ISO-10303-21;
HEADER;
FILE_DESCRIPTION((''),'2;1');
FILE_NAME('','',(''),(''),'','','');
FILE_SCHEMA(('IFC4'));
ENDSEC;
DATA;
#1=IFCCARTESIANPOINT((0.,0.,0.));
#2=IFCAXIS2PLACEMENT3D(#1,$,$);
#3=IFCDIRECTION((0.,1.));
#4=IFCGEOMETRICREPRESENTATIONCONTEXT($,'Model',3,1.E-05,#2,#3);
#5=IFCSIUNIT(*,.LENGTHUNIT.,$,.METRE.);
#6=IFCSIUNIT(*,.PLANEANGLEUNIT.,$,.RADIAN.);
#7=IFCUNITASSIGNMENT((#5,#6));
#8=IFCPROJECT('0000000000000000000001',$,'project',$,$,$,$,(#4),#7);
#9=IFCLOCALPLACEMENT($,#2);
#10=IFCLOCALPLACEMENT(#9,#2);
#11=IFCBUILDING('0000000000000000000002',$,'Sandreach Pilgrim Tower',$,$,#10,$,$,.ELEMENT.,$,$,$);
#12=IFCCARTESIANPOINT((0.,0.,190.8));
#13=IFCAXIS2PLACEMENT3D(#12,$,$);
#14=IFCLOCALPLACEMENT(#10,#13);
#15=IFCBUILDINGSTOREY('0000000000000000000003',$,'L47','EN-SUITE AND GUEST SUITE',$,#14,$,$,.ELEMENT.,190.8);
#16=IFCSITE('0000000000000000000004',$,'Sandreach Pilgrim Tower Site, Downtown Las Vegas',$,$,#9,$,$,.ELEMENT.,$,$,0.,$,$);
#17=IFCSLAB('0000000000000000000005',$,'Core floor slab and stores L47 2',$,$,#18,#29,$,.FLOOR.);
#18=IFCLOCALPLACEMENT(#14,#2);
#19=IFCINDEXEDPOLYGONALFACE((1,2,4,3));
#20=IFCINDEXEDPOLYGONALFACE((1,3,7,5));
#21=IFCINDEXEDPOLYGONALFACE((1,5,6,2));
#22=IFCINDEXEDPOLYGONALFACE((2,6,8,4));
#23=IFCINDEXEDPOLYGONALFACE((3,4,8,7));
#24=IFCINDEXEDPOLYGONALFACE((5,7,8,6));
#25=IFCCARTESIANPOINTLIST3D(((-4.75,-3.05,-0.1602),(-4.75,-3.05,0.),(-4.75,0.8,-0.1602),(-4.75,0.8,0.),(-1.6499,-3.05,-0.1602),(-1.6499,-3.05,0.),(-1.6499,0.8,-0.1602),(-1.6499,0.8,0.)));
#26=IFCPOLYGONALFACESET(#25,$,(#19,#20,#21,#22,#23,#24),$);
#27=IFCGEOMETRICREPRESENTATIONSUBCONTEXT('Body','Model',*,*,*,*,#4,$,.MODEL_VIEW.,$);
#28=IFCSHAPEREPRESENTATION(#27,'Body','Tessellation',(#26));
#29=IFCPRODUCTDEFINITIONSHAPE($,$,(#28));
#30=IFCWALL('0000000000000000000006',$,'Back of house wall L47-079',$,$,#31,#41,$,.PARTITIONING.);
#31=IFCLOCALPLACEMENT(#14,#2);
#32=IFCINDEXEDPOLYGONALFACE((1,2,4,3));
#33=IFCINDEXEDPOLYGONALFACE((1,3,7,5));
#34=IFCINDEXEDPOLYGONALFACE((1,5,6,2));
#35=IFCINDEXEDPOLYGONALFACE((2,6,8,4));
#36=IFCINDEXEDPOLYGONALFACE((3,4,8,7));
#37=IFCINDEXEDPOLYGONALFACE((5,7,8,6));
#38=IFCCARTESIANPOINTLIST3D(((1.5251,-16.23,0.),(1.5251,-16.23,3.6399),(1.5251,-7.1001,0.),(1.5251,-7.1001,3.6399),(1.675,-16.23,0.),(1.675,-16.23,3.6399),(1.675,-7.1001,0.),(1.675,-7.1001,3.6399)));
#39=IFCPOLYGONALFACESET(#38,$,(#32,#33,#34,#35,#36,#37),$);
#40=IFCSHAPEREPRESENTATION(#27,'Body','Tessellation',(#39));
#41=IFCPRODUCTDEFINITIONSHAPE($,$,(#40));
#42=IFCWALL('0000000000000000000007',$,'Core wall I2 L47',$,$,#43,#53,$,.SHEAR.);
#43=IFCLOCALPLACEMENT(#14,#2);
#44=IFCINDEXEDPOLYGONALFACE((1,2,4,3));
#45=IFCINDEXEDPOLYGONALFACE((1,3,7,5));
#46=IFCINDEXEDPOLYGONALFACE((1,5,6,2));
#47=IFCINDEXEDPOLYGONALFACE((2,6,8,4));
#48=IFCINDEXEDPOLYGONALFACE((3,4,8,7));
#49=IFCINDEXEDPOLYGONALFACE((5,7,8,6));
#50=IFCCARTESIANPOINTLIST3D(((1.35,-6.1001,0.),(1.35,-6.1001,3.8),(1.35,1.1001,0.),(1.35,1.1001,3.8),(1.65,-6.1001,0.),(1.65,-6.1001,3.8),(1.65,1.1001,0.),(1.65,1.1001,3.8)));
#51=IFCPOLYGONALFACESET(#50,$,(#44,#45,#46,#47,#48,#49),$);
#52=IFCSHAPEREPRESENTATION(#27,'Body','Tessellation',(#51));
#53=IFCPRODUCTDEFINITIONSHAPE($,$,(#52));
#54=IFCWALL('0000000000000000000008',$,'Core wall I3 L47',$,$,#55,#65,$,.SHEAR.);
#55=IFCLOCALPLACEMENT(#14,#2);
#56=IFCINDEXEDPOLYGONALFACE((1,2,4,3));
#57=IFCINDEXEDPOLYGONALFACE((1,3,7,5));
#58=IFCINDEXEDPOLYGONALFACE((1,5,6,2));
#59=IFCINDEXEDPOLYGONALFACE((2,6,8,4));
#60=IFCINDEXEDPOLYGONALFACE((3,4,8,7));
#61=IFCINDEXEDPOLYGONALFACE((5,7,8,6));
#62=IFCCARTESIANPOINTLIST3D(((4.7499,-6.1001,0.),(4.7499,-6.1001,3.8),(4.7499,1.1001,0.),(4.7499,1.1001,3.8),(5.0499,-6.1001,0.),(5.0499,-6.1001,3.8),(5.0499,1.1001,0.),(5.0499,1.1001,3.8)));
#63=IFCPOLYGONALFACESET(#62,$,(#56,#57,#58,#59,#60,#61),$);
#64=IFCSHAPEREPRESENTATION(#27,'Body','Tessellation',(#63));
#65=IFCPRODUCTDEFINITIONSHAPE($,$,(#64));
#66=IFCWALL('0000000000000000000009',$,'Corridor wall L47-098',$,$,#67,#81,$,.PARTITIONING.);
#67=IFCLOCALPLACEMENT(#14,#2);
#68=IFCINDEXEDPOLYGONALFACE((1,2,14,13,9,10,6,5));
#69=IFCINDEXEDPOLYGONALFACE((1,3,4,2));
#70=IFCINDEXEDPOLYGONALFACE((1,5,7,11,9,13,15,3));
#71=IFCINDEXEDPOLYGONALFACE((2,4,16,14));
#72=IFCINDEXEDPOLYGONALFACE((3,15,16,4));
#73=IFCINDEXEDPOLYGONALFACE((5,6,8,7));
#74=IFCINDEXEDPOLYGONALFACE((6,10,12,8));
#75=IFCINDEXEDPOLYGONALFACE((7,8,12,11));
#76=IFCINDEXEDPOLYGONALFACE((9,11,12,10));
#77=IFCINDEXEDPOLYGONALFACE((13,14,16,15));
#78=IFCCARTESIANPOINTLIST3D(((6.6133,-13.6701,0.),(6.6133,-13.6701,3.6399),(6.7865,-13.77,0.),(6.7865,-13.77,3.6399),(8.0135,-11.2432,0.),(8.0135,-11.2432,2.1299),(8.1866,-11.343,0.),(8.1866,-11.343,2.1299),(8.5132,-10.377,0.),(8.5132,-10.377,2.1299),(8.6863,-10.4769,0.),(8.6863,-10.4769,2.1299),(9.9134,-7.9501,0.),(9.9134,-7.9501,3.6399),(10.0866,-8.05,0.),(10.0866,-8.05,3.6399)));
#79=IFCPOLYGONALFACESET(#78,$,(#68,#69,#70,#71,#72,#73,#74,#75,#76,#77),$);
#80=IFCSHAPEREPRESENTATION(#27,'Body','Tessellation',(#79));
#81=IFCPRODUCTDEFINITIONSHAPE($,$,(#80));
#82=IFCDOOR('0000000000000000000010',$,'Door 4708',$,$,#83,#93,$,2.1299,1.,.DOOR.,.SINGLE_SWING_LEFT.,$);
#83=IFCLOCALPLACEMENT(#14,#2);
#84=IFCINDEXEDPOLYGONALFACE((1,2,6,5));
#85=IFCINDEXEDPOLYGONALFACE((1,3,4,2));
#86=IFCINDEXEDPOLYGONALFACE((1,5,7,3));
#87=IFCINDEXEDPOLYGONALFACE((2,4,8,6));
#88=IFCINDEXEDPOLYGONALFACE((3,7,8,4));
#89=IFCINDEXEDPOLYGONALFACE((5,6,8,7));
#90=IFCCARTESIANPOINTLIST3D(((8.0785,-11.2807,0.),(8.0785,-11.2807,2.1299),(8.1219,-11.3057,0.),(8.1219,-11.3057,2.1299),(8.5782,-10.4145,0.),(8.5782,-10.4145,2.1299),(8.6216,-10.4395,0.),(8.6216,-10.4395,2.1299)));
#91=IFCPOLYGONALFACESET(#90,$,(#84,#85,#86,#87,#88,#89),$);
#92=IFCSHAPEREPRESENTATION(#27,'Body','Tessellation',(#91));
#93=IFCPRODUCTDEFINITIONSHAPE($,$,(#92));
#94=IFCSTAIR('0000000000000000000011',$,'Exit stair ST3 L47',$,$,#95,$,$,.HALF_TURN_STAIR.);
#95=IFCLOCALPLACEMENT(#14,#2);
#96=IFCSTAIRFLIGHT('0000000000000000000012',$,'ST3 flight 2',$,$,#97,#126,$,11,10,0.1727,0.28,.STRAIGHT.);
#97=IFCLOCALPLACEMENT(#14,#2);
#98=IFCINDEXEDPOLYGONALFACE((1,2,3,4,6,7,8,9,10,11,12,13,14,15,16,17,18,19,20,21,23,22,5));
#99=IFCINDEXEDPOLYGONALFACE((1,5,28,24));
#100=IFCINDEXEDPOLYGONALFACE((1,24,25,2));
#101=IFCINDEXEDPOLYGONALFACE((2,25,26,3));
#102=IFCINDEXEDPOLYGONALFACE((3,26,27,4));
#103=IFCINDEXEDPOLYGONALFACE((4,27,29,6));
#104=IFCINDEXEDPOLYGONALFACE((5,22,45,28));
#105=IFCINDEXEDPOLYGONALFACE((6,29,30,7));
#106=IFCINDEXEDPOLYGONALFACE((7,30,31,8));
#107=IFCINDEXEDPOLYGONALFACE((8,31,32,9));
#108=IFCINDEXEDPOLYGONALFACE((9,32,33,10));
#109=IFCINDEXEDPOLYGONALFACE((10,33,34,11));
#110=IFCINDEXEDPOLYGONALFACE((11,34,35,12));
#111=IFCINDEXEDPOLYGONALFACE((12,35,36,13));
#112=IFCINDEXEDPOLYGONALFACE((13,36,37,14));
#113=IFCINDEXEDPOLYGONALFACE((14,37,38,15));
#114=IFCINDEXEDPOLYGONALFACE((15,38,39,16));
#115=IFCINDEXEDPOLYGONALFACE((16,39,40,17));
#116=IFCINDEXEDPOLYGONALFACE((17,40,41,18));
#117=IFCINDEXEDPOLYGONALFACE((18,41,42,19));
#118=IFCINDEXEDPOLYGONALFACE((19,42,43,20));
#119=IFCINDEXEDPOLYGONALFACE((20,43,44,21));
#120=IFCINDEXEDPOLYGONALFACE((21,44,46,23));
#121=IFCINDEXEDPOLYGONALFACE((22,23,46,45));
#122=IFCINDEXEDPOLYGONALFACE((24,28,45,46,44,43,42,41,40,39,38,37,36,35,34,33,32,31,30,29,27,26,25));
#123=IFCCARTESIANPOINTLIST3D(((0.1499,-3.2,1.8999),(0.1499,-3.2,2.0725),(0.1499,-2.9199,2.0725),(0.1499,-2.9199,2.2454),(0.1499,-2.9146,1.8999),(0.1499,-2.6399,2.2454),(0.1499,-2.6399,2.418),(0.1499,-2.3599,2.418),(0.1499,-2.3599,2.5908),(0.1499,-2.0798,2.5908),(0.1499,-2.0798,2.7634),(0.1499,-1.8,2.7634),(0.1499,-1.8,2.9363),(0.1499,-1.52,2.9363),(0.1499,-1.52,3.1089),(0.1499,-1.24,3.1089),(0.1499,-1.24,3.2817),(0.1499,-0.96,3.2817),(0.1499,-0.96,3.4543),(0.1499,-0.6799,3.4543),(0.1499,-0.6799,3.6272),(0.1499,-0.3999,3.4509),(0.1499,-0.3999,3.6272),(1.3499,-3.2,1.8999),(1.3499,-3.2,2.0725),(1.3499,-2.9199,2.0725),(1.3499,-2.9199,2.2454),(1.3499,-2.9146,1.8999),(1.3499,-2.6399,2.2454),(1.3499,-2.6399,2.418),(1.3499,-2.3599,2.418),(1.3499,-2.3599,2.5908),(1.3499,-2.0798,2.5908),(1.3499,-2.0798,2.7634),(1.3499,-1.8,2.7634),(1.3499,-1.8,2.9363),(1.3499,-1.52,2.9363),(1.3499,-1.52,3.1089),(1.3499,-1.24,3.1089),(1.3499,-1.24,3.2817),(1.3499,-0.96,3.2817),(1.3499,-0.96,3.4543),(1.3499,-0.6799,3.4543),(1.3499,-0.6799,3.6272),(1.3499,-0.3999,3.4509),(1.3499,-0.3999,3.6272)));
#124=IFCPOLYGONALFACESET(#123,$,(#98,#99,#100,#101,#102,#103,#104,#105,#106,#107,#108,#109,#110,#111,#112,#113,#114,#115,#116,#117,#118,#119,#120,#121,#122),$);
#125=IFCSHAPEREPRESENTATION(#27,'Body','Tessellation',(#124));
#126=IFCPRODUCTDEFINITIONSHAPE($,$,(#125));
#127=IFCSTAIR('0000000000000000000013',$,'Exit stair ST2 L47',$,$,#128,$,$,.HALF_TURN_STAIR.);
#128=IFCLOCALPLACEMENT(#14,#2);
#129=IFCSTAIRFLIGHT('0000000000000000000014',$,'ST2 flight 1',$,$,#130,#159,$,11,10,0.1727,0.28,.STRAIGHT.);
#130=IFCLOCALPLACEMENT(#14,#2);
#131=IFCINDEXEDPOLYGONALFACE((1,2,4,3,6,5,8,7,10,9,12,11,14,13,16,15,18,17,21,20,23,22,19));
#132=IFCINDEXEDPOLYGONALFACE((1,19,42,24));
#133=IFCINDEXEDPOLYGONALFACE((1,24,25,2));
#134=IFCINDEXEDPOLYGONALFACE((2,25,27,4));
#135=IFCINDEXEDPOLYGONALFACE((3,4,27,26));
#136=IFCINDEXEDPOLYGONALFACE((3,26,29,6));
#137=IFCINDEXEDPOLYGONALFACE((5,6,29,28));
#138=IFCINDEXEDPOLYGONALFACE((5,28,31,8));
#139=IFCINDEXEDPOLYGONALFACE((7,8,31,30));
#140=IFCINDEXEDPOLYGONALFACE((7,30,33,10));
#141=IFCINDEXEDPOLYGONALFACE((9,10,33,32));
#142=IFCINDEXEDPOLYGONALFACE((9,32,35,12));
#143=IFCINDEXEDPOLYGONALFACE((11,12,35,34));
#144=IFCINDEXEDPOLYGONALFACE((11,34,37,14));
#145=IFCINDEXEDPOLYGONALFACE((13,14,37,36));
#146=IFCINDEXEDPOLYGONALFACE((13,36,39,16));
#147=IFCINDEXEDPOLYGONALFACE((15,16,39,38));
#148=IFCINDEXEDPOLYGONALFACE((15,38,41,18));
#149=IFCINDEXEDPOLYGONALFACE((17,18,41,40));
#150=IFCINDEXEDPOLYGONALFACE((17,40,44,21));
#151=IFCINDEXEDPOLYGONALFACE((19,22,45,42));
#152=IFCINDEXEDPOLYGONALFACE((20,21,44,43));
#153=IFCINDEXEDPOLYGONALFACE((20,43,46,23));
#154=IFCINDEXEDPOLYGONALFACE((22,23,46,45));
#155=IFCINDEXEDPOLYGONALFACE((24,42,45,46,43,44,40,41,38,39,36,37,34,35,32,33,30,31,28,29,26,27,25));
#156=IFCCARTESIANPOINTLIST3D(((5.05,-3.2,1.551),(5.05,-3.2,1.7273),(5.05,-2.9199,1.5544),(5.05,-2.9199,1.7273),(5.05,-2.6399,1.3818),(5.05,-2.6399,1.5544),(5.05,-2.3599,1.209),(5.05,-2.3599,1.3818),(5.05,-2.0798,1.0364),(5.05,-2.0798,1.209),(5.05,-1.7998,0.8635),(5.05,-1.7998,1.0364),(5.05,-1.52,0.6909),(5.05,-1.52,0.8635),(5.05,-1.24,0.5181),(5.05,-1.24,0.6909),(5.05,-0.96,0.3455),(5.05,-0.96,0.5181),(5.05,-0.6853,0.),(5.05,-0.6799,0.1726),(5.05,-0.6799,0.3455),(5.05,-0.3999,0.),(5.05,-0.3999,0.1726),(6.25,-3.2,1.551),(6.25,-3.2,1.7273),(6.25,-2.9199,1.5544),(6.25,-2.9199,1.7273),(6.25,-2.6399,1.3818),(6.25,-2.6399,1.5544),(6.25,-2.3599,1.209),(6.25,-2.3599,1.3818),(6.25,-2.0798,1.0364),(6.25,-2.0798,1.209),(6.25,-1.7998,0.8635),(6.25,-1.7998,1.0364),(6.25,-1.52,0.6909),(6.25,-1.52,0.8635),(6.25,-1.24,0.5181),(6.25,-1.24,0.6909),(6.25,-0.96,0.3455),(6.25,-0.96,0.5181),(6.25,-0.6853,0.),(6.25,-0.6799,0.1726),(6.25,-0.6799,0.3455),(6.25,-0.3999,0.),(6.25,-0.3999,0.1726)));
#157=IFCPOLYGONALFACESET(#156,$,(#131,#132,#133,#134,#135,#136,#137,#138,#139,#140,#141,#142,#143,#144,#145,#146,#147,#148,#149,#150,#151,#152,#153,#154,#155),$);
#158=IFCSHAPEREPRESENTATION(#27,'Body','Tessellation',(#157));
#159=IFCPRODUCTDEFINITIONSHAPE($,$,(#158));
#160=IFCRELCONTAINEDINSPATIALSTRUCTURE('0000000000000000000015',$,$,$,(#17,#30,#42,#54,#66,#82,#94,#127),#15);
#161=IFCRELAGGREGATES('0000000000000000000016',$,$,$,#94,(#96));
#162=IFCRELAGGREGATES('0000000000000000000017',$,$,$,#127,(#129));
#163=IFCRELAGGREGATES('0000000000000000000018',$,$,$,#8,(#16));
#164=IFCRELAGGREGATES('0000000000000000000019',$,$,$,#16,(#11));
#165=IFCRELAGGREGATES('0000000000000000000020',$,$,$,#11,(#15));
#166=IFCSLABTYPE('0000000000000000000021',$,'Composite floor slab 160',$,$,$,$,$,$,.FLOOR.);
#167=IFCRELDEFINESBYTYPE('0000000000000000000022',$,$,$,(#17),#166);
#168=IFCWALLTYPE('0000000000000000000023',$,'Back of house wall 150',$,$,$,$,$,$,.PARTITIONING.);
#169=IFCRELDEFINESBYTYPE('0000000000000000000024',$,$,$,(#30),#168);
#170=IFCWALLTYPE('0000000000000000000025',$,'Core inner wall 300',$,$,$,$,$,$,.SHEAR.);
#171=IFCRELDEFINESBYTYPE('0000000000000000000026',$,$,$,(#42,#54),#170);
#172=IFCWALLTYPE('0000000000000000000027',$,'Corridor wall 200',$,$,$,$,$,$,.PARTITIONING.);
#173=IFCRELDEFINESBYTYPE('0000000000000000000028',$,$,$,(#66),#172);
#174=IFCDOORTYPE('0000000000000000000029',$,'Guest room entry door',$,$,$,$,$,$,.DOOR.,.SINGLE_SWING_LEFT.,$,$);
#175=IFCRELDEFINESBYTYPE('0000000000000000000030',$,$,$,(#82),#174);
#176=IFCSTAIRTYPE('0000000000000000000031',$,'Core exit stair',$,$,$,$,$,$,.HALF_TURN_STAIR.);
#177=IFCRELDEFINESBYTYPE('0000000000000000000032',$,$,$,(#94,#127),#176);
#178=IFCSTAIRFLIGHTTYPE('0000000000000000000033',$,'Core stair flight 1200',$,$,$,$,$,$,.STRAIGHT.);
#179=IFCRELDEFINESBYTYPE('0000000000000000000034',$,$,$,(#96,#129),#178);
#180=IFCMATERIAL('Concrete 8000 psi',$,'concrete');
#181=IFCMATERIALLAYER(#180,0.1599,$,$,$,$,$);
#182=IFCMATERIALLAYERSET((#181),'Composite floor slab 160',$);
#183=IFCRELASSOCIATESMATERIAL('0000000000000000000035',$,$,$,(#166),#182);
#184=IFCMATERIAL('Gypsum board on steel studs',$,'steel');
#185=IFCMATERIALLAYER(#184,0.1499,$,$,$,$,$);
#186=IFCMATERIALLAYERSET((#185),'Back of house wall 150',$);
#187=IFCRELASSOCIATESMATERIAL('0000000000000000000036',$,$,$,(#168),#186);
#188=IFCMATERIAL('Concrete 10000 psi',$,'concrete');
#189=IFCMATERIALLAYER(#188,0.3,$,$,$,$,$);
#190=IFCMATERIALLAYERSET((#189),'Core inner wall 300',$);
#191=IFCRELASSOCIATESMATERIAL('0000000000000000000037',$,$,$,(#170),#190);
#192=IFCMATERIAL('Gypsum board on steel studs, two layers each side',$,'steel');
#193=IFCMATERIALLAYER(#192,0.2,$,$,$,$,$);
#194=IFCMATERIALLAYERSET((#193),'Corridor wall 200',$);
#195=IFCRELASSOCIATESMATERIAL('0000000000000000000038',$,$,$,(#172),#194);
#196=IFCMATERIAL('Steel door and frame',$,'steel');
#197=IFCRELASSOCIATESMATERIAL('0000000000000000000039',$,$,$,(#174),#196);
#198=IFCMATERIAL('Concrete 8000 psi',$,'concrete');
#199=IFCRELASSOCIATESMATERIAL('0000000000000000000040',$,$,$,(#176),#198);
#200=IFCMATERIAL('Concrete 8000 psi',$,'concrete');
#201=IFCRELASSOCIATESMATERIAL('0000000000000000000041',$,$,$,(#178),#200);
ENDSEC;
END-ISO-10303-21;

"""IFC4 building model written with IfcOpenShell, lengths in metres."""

from ifc_helpers import new_model, si_unit, direction, frame, frame_2d, origin, place, context, subcontext, project, spatial, polyline, rectangle, outline, extrude, material, layer, layer_set, type_object, element, fill, aggregate, save


model = new_model("IFC4")

# Units and contexts
model_context = context("Model", 3, precision=1e-05, world=origin(), true_north=direction((0.0, 1.0)))
body_context = subcontext(model_context, "Body", "Model", "MODEL_VIEW")
ifc_project = project(units=[si_unit("LENGTHUNIT", "METRE"), si_unit("PLANEANGLEUNIT", "RADIAN")], contexts=[model_context])

# Site, building, storey
site_placement = place(None, origin())
site = spatial("IfcSite", under=ifc_project, at=site_placement, Name="Sandreach Pilgrim Tower Site, Downtown Las Vegas", CompositionType="ELEMENT", RefElevation=0.0)
building_placement = place(site_placement, origin())
building = spatial("IfcBuilding", under=site, at=building_placement, Name="Sandreach Pilgrim Tower", CompositionType="ELEMENT")
storey_placement = place(building_placement, frame((0.0, 0.0, 190.8)))
storey = spatial("IfcBuildingStorey", under=building, at=storey_placement, Name="L47", Description="EN-SUITE AND GUEST SUITE", CompositionType="ELEMENT", Elevation=190.8)

# Slab
ifc_material_1 = material(Name="Concrete 8000 psi", Category="concrete")
ifc_layer_1 = layer(ifc_material_1, 0.1599)
ifc_layer_set_1 = layer_set([ifc_layer_1], Name="Composite floor slab 160")
slab_type = type_object("IfcSlabType", Name="Composite floor slab 160", PredefinedType="FLOOR", material=ifc_layer_set_1)
slab_placement = place(storey_placement, frame((0.0, 0.0, -0.1602)))
element("IfcSlab", 1, at=slab_placement, inside=storey, type_object=slab_type, Name="Core floor slab and stores L47 2", PredefinedType="FLOOR", context=body_context, shape_type="SweptSolid", body=[
    extrude(outline(polyline([(-1.6499, -3.05), (-4.75, -3.05), (-4.75, 0.8), (-1.6499, 0.8), (-1.6499, -3.05)])), origin(), (0.0, 0.0, 1.0), 0.1602),
])

# Walls
ifc_material_2 = material(Name="Gypsum board on steel studs", Category="steel")
ifc_layer_2 = layer(ifc_material_2, 0.1499)
ifc_layer_set_2 = layer_set([ifc_layer_2], Name="Back of house wall 150")
wall_type_1 = type_object("IfcWallType", Name="Back of house wall 150", PredefinedType="PARTITIONING", material=ifc_layer_set_2)
wall_1_placement = place(storey_placement, frame((1.6001, -7.1001, 0.0), z_axis=(0.0, 0.0, 1.0), x_axis=(0.0, -1.0, 0.0)))
element("IfcWall", 2, at=wall_1_placement, inside=storey, type_object=wall_type_1, Name="Back of house wall L47-079", PredefinedType="PARTITIONING", context=body_context, shape_type="SweptSolid", body=[
    extrude(rectangle(XDim=9.1299, YDim=0.1499, at=frame_2d((4.5649, 0.0))), origin(), (0.0, 0.0, 1.0), 3.6399),
])
ifc_material_3 = material(Name="Concrete 10000 psi", Category="concrete")
ifc_layer_3 = layer(ifc_material_3, 0.3)
ifc_layer_set_3 = layer_set([ifc_layer_3], Name="Core inner wall 300")
wall_type_2 = type_object("IfcWallType", Name="Core inner wall 300", PredefinedType="SHEAR", material=ifc_layer_set_3)
for number, where, z_axis, x_axis, name in (
    (3, (1.5, -6.1001, 0.0), (0.0, 0.0, 1.0), (0.0, 1.0, 0.0), "Core wall I2 L47"),
    (4, (4.8999, -6.1001, 0.0), (0.0, 0.0, 1.0), (0.0, 1.0, 0.0), "Core wall I3 L47"),
):
    element("IfcWall", number, at=place(storey_placement, frame(where, z_axis=z_axis, x_axis=x_axis)), inside=storey, type_object=wall_type_2, Name=name, PredefinedType="SHEAR", context=body_context, shape_type="SweptSolid", body=[
        extrude(rectangle(XDim=7.2002, YDim=0.3, at=frame_2d((3.6001, 0.0))), origin(), (0.0, 0.0, 1.0), 3.8),
    ])

# Wall, opening, door
ifc_material_4 = material(Name="Gypsum board on steel studs, two layers each side", Category="steel")
ifc_layer_4 = layer(ifc_material_4, 0.2)
ifc_layer_set_4 = layer_set([ifc_layer_4], Name="Corridor wall 200")
wall_type_3 = type_object("IfcWallType", Name="Corridor wall 200", PredefinedType="PARTITIONING", material=ifc_layer_set_4)
wall_2_placement = place(storey_placement, frame((6.7, -13.72, 0.0), z_axis=(0.0, 0.0, 1.0), x_axis=(0.49973, 0.866181, 0.0)))
wall_2 = element("IfcWall", 5, at=wall_2_placement, inside=storey, type_object=wall_type_3, Name="Corridor wall L47-098", PredefinedType="PARTITIONING", context=body_context, shape_type="SweptSolid", body=[
    extrude(rectangle(XDim=6.6038, YDim=0.2, at=frame_2d((3.3018, 0.0))), origin(), (0.0, 0.0, 1.0), 3.6399),
])
opening_1_placement = place(wall_2_placement, frame((2.8018, 0.0, 0.0)))
opening_1 = element("IfcOpeningElement", 6, at=opening_1_placement, cuts=wall_2, PredefinedType="OPENING", context=body_context, shape_type="SweptSolid", body=[
    extrude(rectangle(XDim=1.0, YDim=2.1299, at=frame_2d((0.5, 1.0649))), frame((0.0, 0.1001, 0.0), z_axis=(0.0, -1.0, 0.0), x_axis=(1.0, 0.0, 0.0)), (0.0, 0.0, 1.0), 0.2),
])
ifc_material_5 = material(Name="Steel door and frame", Category="steel")
door_type_1 = type_object("IfcDoorType", Name="Guest room entry door", OperationType="SINGLE_SWING_LEFT", PredefinedType="DOOR", material=ifc_material_5)
door_1_placement = place(opening_1_placement, origin())
door_1 = element("IfcDoor", 7, at=door_1_placement, inside=storey, type_object=door_type_1, Name="Door 4708", OperationType="SINGLE_SWING_LEFT", OverallHeight=2.1299, OverallWidth=1.0, PredefinedType="DOOR", context=body_context, shape_type="SweptSolid", body=[
    extrude(rectangle(XDim=1.0, YDim=2.1299, at=frame_2d((0.5, 1.0649))), frame((0.0, 0.0249, 0.0), z_axis=(0.0, -1.0, 0.0), x_axis=(1.0, 0.0, 0.0)), (0.0, 0.0, 1.0), 0.05),
])
fill(opening_1, door_1)

# Stair, stair flight
ifc_material_6 = material(Name="Concrete 8000 psi", Category="concrete")
stair_type = type_object("IfcStairType", Name="Core exit stair", PredefinedType="HALF_TURN_STAIR", material=ifc_material_6)
stair_1_placement = place(storey_placement, origin())
stair_1 = element("IfcStair", 8, at=stair_1_placement, inside=storey, type_object=stair_type, Name="Exit stair ST3 L47", PredefinedType="HALF_TURN_STAIR")
ifc_material_7 = material(Name="Concrete 8000 psi", Category="concrete")
stair_flight_type = type_object("IfcStairFlightType", Name="Core stair flight 1200", PredefinedType="STRAIGHT", material=ifc_material_7)
stair_flight_1_placement = place(storey_placement, frame((0.75, -3.2, 1.8999), z_axis=(0.0, 0.0, 1.0), x_axis=(0.0, 1.0, 0.0)))
stair_flight_1 = element("IfcStairFlight", 9, at=stair_flight_1_placement, type_object=stair_flight_type, Name="ST3 flight 2", NumberOfRisers=11, NumberOfTreads=10, PredefinedType="STRAIGHT", RiserHeight=0.1727, TreadLength=0.28, context=body_context, shape_type="SweptSolid", body=[
    extrude(outline(polyline([(0.0, 0.0), (0.0, 0.1726), (0.28, 0.1726), (0.28, 0.3455), (0.5601, 0.3455), (0.5601, 0.5181), (0.8401, 0.5181), (0.8401, 0.6909), (1.1201, 0.6909), (1.1201, 0.8635), (1.3999, 0.8635), (1.3999, 1.0364), (1.6799, 1.0364), (1.6799, 1.209), (1.96, 1.209), (1.96, 1.3818), (2.24, 1.3818), (2.24, 1.5544), (2.52, 1.5544), (2.52, 1.7273), (2.8, 1.7273), (2.8, 1.8999), (2.8, 1.551), (0.2854, 0.0), (0.0, 0.0)])), frame((0.0, 0.6001, 0.0), z_axis=(0.0, -1.0, 0.0), x_axis=(1.0, 0.0, 0.0)), (0.0, 0.0, 1.0), 1.2),
])
aggregate(stair_1, [stair_flight_1])

# Stair, stair flight
stair_2_placement = place(storey_placement, origin())
stair_2 = element("IfcStair", 10, at=stair_2_placement, inside=storey, type_object=stair_type, Name="Exit stair ST2 L47", PredefinedType="HALF_TURN_STAIR")
stair_flight_2_placement = place(storey_placement, frame((5.6499, -0.3999, 0.0), z_axis=(0.0, 0.0, 1.0), x_axis=(0.0, -1.0, 0.0)))
stair_flight_2 = element("IfcStairFlight", 11, at=stair_flight_2_placement, type_object=stair_flight_type, Name="ST2 flight 1", NumberOfRisers=11, NumberOfTreads=10, PredefinedType="STRAIGHT", RiserHeight=0.1727, TreadLength=0.28, context=body_context, shape_type="SweptSolid", body=[
    extrude(outline(polyline([(0.0, 0.0), (0.0, 0.1726), (0.28, 0.1726), (0.28, 0.3455), (0.5601, 0.3455), (0.5601, 0.5181), (0.8401, 0.5181), (0.8401, 0.6909), (1.1201, 0.6909), (1.1201, 0.8635), (1.3999, 0.8635), (1.3999, 1.0364), (1.6799, 1.0364), (1.6799, 1.209), (1.96, 1.209), (1.96, 1.3818), (2.24, 1.3818), (2.24, 1.5544), (2.52, 1.5544), (2.52, 1.7273), (2.8, 1.7273), (2.8, 1.8999), (2.8, 1.551), (0.2854, 0.0), (0.0, 0.0)])), frame((0.0, 0.6001, 0.0), z_axis=(0.0, -1.0, 0.0), x_axis=(1.0, 0.0, 0.0)), (0.0, 0.0, 1.0), 1.2),
])
aggregate(stair_2, [stair_flight_2])

save(model, "model.ifc")
